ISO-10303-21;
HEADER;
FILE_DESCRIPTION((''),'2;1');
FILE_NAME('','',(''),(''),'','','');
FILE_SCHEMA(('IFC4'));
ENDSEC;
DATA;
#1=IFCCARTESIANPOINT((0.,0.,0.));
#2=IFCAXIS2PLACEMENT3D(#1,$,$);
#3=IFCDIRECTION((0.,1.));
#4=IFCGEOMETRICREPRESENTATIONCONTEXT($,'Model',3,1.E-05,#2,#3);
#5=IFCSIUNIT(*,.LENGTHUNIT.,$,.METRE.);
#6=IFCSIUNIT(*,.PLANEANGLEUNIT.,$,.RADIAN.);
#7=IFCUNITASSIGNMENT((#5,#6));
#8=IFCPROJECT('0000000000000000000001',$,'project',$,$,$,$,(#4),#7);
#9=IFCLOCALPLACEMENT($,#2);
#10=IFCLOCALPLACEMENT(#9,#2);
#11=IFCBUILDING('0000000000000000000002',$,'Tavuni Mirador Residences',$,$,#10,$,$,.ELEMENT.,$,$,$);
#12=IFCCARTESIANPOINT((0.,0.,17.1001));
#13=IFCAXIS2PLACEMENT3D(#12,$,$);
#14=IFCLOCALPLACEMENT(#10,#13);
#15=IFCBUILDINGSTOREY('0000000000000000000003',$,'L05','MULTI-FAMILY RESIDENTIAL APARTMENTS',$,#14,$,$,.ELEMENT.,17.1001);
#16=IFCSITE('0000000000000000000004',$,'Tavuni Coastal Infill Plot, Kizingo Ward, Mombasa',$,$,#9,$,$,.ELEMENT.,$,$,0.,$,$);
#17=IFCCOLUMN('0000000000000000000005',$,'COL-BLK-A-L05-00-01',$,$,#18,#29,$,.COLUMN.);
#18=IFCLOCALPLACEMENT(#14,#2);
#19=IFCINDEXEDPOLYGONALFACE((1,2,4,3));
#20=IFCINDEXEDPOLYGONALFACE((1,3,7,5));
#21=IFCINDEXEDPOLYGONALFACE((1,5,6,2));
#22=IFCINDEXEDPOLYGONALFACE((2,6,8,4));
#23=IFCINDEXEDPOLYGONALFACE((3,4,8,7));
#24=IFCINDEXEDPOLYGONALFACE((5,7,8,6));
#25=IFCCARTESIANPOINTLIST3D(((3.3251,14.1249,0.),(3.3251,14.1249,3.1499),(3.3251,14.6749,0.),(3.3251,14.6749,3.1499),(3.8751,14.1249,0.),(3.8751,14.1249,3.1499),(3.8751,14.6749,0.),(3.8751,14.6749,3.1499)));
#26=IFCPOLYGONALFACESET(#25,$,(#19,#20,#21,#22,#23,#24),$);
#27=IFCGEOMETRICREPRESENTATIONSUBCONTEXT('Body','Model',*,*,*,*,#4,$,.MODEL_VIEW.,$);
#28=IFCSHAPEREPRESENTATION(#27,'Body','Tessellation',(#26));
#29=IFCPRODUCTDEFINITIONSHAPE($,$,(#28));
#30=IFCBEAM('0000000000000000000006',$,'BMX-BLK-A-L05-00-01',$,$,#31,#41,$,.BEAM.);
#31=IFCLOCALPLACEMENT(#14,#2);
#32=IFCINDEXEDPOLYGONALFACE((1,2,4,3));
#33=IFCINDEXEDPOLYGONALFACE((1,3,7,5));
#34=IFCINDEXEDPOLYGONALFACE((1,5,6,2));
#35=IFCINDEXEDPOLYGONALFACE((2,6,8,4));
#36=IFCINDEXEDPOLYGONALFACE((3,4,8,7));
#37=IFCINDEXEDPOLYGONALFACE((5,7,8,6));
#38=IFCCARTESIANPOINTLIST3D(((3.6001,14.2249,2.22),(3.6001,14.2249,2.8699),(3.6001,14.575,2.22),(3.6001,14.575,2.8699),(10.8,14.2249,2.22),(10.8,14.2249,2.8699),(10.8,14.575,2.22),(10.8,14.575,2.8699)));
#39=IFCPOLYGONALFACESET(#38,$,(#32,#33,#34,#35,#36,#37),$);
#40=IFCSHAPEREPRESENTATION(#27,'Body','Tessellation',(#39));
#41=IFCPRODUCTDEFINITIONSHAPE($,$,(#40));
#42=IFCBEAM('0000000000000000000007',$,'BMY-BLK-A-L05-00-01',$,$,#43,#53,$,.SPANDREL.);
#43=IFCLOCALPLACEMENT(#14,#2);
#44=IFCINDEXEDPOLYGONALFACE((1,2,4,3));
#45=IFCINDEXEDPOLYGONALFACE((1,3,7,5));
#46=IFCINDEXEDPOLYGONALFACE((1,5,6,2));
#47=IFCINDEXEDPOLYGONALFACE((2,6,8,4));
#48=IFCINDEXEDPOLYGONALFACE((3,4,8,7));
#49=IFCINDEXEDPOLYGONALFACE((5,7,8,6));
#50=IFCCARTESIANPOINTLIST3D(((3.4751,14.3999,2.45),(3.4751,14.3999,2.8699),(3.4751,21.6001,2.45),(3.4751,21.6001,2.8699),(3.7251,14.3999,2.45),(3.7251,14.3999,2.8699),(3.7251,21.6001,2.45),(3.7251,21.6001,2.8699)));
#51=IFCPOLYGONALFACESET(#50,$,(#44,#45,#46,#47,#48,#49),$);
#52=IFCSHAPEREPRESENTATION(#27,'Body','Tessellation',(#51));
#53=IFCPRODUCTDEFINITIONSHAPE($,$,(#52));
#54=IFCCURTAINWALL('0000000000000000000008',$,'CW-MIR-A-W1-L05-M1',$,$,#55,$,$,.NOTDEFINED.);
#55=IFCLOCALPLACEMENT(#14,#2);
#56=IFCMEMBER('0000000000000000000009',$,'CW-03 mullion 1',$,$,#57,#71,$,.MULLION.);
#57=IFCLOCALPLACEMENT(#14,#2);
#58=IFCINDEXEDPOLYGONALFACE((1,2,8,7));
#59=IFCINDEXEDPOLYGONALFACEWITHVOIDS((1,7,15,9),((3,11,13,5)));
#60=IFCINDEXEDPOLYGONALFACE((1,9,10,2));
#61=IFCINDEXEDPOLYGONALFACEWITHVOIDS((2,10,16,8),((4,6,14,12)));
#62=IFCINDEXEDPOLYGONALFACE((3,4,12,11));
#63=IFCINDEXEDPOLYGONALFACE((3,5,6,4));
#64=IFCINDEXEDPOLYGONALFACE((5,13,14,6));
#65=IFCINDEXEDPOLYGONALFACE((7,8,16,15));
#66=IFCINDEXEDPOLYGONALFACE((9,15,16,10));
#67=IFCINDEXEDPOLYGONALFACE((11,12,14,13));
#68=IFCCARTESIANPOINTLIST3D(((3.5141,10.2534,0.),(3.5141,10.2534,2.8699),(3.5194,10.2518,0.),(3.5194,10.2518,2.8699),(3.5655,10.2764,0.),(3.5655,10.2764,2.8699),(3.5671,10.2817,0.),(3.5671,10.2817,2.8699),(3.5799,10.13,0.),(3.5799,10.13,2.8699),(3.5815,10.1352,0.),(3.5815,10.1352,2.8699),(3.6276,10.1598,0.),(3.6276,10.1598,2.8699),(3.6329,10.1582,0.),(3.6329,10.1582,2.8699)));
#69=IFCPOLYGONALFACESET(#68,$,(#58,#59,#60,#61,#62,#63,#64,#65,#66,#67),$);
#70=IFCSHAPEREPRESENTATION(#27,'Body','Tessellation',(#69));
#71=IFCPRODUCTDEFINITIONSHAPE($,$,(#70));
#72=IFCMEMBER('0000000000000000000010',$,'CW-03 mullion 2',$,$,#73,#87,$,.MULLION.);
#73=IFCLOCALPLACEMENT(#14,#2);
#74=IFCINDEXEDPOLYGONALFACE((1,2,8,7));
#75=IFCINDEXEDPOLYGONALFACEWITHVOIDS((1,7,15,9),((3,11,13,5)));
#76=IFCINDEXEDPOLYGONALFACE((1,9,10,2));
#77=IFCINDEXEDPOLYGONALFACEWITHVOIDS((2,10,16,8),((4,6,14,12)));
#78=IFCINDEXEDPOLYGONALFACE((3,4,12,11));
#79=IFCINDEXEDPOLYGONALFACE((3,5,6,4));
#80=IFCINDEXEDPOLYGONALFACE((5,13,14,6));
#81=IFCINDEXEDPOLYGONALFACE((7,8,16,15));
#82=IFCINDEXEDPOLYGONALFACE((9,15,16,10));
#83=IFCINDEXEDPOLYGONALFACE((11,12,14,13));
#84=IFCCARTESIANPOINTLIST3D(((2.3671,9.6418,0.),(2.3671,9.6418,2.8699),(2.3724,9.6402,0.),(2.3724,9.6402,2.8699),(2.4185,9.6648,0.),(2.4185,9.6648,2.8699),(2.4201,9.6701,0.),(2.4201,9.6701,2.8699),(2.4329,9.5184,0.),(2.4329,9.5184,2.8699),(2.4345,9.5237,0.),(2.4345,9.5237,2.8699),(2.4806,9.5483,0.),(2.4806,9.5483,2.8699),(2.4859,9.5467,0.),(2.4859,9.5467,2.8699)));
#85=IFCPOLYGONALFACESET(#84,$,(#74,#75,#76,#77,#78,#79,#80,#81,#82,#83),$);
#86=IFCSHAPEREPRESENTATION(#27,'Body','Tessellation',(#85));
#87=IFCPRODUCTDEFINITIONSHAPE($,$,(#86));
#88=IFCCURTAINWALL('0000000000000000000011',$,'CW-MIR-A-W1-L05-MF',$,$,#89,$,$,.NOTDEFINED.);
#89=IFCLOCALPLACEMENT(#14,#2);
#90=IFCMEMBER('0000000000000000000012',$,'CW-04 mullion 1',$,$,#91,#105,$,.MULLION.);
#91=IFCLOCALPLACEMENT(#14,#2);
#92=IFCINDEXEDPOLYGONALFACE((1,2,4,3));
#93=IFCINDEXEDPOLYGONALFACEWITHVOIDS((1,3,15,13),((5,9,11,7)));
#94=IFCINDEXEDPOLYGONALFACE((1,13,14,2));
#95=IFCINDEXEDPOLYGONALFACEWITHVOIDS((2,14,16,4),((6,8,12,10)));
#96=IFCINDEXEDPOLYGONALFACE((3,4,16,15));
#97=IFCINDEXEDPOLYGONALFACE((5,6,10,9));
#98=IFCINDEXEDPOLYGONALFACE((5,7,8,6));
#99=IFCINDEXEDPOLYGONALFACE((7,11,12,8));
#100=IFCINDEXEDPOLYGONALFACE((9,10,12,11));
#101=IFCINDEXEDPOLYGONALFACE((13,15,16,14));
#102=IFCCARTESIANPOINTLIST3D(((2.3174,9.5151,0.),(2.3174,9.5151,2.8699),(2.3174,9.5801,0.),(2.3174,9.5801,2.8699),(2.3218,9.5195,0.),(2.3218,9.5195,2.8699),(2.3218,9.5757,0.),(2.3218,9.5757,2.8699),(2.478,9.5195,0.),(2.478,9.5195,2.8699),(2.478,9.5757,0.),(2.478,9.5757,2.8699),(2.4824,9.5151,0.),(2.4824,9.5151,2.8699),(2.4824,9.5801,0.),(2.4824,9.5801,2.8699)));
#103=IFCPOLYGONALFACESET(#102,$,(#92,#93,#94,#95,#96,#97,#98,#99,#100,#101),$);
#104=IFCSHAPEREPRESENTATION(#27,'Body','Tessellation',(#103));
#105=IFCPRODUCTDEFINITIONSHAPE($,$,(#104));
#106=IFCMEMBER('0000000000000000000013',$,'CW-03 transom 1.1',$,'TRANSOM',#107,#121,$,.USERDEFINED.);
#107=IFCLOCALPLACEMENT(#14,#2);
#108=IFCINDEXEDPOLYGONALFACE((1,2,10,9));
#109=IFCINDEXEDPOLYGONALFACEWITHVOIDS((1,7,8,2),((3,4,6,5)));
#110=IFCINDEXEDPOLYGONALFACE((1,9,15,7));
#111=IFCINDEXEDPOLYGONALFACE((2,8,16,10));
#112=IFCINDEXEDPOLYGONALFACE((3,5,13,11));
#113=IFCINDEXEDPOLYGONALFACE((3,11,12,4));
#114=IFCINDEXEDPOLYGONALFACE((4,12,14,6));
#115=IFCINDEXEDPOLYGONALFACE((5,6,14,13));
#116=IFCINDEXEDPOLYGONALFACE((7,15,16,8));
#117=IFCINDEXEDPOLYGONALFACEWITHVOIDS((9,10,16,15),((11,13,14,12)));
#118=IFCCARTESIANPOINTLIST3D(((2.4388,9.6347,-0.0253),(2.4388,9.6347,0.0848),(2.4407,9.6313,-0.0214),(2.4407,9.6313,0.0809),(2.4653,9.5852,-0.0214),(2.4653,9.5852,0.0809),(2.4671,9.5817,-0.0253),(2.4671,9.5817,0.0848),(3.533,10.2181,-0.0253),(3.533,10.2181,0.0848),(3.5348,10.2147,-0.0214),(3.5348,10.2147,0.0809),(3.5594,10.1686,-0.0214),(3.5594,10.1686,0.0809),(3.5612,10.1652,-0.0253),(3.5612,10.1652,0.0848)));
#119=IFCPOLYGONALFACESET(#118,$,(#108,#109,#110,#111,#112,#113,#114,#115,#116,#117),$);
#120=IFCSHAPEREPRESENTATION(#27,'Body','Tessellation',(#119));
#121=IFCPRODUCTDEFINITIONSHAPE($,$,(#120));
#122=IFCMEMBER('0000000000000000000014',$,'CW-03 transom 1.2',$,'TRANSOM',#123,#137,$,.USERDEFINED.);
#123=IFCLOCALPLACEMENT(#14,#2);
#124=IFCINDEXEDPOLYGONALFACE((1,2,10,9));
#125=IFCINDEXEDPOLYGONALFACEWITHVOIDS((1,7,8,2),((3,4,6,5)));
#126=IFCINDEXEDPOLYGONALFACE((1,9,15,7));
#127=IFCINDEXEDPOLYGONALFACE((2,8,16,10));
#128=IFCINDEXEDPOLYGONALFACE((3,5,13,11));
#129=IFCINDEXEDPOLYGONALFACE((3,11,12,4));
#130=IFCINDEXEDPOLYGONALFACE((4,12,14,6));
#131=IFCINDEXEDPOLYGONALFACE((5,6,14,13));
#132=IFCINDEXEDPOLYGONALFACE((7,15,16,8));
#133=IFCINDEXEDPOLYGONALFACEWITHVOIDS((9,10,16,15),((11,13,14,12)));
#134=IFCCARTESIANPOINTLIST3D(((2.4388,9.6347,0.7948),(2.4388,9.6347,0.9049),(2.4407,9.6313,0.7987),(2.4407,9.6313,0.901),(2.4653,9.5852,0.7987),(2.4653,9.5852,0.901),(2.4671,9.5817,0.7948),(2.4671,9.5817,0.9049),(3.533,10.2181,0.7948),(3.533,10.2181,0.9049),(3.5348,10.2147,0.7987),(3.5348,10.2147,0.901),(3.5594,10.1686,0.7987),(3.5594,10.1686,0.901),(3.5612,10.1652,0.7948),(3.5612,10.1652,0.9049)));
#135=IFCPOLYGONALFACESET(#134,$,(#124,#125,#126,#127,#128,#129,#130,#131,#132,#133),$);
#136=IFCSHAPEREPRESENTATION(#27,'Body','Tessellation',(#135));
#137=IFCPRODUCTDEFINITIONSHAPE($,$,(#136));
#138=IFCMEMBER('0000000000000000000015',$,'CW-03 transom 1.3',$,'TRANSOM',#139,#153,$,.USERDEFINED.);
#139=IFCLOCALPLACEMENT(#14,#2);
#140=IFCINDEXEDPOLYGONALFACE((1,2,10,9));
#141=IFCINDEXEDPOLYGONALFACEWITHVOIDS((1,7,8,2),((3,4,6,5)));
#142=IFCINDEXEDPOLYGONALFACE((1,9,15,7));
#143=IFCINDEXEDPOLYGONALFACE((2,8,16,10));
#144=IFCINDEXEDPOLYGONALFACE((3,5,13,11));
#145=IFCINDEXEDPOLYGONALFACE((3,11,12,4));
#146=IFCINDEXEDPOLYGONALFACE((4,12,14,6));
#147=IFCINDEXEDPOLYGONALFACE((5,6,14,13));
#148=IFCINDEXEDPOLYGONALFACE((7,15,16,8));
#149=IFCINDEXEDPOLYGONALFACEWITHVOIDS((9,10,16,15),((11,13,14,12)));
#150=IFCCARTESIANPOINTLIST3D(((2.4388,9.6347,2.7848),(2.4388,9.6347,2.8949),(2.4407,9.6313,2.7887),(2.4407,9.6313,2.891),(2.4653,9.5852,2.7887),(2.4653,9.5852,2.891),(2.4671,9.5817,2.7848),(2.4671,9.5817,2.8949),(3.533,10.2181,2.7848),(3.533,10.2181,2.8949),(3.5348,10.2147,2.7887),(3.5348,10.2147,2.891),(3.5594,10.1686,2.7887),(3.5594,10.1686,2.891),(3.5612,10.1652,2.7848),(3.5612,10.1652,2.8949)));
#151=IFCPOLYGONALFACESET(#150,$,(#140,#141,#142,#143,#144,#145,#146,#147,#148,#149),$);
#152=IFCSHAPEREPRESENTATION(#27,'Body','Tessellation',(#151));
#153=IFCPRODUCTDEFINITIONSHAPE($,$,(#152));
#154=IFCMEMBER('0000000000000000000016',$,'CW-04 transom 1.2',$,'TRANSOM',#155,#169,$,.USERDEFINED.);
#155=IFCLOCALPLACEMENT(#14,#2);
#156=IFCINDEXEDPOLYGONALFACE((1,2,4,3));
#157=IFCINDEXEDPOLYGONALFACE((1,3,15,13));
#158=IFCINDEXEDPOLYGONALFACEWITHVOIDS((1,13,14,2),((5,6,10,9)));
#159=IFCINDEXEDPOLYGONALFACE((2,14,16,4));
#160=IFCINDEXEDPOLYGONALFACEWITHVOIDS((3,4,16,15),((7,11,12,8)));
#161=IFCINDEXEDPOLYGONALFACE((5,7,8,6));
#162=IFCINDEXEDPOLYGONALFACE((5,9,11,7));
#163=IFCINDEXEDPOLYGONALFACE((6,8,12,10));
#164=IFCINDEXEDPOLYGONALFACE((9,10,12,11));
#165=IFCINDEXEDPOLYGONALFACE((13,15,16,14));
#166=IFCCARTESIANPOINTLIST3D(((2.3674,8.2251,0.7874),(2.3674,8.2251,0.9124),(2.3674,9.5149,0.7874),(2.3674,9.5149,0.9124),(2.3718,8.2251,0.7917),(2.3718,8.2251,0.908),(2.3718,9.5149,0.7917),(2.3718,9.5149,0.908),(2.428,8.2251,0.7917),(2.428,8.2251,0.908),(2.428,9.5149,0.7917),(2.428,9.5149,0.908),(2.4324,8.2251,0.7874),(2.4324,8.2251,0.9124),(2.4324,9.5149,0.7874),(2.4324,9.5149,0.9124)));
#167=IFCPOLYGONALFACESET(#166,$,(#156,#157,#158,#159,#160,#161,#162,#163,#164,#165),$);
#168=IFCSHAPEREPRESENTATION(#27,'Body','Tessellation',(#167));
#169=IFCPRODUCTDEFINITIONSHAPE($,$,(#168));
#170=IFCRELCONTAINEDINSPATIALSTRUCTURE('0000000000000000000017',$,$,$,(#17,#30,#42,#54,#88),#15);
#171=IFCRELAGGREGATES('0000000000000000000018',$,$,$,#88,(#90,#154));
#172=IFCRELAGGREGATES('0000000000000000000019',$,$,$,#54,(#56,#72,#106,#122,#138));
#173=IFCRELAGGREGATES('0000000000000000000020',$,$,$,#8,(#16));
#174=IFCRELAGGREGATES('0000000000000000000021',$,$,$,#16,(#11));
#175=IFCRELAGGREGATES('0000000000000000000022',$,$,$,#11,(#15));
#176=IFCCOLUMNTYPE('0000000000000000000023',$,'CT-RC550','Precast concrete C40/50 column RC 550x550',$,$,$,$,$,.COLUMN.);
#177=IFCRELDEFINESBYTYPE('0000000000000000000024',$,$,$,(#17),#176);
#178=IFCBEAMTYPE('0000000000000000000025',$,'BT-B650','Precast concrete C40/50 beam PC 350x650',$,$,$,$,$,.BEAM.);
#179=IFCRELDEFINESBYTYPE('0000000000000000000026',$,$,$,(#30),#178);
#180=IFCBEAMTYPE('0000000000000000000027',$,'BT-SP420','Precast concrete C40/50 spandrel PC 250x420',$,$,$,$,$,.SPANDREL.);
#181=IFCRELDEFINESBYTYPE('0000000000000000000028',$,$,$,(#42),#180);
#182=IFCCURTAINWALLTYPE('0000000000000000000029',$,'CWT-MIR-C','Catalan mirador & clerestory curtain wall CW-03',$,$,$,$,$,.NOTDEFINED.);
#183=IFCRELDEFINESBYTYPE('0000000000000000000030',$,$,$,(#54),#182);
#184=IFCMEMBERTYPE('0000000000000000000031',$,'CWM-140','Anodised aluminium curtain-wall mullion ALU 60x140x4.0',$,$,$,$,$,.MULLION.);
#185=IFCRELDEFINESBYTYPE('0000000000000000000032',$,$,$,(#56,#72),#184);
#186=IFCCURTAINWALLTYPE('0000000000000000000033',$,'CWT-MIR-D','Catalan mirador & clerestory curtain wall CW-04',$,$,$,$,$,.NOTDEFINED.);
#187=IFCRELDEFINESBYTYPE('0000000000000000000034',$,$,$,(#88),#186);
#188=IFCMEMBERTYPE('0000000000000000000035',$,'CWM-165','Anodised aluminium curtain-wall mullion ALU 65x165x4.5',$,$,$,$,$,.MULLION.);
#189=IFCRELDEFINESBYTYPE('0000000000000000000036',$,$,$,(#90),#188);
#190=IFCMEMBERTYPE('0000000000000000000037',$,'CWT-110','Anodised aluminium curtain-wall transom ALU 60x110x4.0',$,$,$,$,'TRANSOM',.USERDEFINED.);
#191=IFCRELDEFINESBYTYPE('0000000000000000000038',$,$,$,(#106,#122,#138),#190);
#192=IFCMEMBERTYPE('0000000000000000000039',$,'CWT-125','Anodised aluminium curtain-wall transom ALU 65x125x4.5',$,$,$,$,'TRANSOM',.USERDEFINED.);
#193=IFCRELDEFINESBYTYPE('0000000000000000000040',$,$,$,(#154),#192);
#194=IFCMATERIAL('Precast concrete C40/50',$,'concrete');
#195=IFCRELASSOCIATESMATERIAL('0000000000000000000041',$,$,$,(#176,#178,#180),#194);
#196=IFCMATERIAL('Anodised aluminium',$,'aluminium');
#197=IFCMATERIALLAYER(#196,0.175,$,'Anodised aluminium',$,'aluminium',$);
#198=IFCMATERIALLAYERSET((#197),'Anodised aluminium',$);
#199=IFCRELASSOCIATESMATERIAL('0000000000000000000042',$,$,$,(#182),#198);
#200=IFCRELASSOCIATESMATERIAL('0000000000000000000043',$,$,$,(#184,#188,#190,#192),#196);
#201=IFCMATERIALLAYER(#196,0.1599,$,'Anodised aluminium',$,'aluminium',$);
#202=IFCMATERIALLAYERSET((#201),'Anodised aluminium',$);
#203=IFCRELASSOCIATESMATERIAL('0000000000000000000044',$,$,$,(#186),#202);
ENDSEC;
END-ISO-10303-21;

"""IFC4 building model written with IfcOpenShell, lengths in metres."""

from ifc_helpers import new_model, si_unit, direction, frame, origin, origin_2d, place, context, subcontext, project, spatial, rectangle, hollow_rectangle, extrude, material, layer, layer_set, material_profile, profile_set, type_object, element, aggregate, save


model = new_model("IFC4")

# Units and contexts
model_context = context("Model", 3, precision=1e-05, world=origin(), true_north=direction((0.0, 1.0)))
body_context = subcontext(model_context, "Body", "Model", "MODEL_VIEW")
ifc_project = project(units=[si_unit("LENGTHUNIT", "METRE"), si_unit("PLANEANGLEUNIT", "RADIAN")], contexts=[model_context])

# Site, building, storey
site_placement = place(None, origin())
site = spatial("IfcSite", under=ifc_project, at=site_placement, Name="Tavuni Coastal Infill Plot, Kizingo Ward, Mombasa", CompositionType="ELEMENT", RefElevation=0.0)
building_placement = place(site_placement, origin())
building = spatial("IfcBuilding", under=site, at=building_placement, Name="Tavuni Mirador Residences", CompositionType="ELEMENT")
storey_placement = place(building_placement, frame((0.0, 0.0, 17.1001)))
storey = spatial("IfcBuildingStorey", under=building, at=storey_placement, Name="L05", Description="MULTI-FAMILY RESIDENTIAL APARTMENTS", CompositionType="ELEMENT", Elevation=17.1001)

# Column
ifc_material_1 = material(Name="Precast concrete C40/50", Category="concrete")
ifc_material_profile_1 = material_profile(ifc_material_1, rectangle(XDim=0.55, YDim=0.55, at=origin_2d()), Name="RC 550x550", Category="concrete")
ifc_profile_set_1 = profile_set([ifc_material_profile_1], Name="Precast concrete C40/50")
column_type = type_object("IfcColumnType", Name="CT-RC550", Description="Precast concrete C40/50 column RC 550x550", PredefinedType="COLUMN", material=ifc_profile_set_1)
column_placement = place(storey_placement, frame((3.6001, 14.3999, 0.0), z_axis=(0.0, 0.0, 1.0), x_axis=(1.0, 0.0, 0.0)))
element("IfcColumn", 1, at=column_placement, inside=storey, type_object=column_type, Name="COL-BLK-A-L05-00-01", PredefinedType="COLUMN", context=body_context, shape_type="SweptSolid", body=[
    extrude(rectangle(XDim=0.55, YDim=0.55, at=origin_2d()), origin(), (0.0, 0.0, 1.0), 3.1499),
])

# Beams
ifc_material_profile_2 = material_profile(ifc_material_1, rectangle(XDim=0.3501, YDim=0.6499, at=origin_2d()), Name="PC 350x650", Category="concrete")
ifc_profile_set_2 = profile_set([ifc_material_profile_2], Name="Precast concrete C40/50")
beam_type_1 = type_object("IfcBeamType", Name="BT-B650", Description="Precast concrete C40/50 beam PC 350x650", PredefinedType="BEAM", material=ifc_profile_set_2)
beam_1_placement = place(storey_placement, frame((3.6001, 14.3999, 2.5449), z_axis=(1.0, 0.0, 0.0), x_axis=(0.0, 1.0, 0.0)))
element("IfcBeam", 2, at=beam_1_placement, inside=storey, type_object=beam_type_1, Name="BMX-BLK-A-L05-00-01", PredefinedType="BEAM", context=body_context, shape_type="SweptSolid", body=[
    extrude(rectangle(XDim=0.3501, YDim=0.6499, at=origin_2d()), origin(), (0.0, 0.0, 1.0), 7.2),
])
ifc_material_profile_3 = material_profile(ifc_material_1, rectangle(XDim=0.25, YDim=0.4199, at=origin_2d()), Name="PC 250x420", Category="concrete")
ifc_profile_set_3 = profile_set([ifc_material_profile_3], Name="Precast concrete C40/50")
beam_type_2 = type_object("IfcBeamType", Name="BT-SP420", Description="Precast concrete C40/50 spandrel PC 250x420", PredefinedType="SPANDREL", material=ifc_profile_set_3)
beam_2_placement = place(storey_placement, frame((3.6001, 14.3999, 2.6599), z_axis=(0.0, 1.0, 0.0), x_axis=(-1.0, 0.0, 0.0)))
element("IfcBeam", 3, at=beam_2_placement, inside=storey, type_object=beam_type_2, Name="BMY-BLK-A-L05-00-01", PredefinedType="SPANDREL", context=body_context, shape_type="SweptSolid", body=[
    extrude(rectangle(XDim=0.25, YDim=0.4199, at=origin_2d()), origin(), (0.0, 0.0, 1.0), 7.2002),
])

# Curtain wall, members
ifc_material_2 = material(Name="Anodised aluminium", Category="aluminium")
ifc_layer_1 = layer(ifc_material_2, 0.175, Name="Anodised aluminium", Category="aluminium")
ifc_layer_set_1 = layer_set([ifc_layer_1], Name="Anodised aluminium")
curtain_wall_type_1 = type_object("IfcCurtainWallType", Name="CWT-MIR-C", Description="Catalan mirador & clerestory curtain wall CW-03", PredefinedType="NOTDEFINED", material=ifc_layer_set_1)
curtain_wall_1_placement = place(storey_placement, origin())
curtain_wall_1 = element("IfcCurtainWall", 4, at=curtain_wall_1_placement, inside=storey, type_object=curtain_wall_type_1, Name="CW-MIR-A-W1-L05-M1", PredefinedType="NOTDEFINED")
ifc_material_profile_4 = material_profile(ifc_material_2, hollow_rectangle(XDim=0.0601, YDim=0.1399, WallThickness=0.0039, at=origin_2d()), Name="ALU 60x140x4.0", Category="aluminium")
ifc_profile_set_4 = profile_set([ifc_material_profile_4], Name="Anodised aluminium")
member_type_1 = type_object("IfcMemberType", Name="CWM-140", Description="Anodised aluminium curtain-wall mullion ALU 60x140x4.0", PredefinedType="MULLION", material=ifc_profile_set_4)
member_1_placement = place(storey_placement, frame((3.5735, 10.2058, 0.0), z_axis=(0.0, 0.0, 1.0), x_axis=(-0.882353, -0.470588, 0.0)))
member_1 = element("IfcMember", 5, at=member_1_placement, type_object=member_type_1, Name="CW-03 mullion 1", PredefinedType="MULLION", context=body_context, shape_type="SweptSolid", body=[
    extrude(hollow_rectangle(XDim=0.0601, YDim=0.1399, WallThickness=0.0039, at=origin_2d()), origin(), (0.0, 0.0, 1.0), 2.8699),
])
member_2_placement = place(storey_placement, frame((2.4265, 9.5942, 0.0), z_axis=(0.0, 0.0, 1.0), x_axis=(-0.882353, -0.470588, 0.0)))
member_2 = element("IfcMember", 6, at=member_2_placement, type_object=member_type_1, Name="CW-03 mullion 2", PredefinedType="MULLION", context=body_context, shape_type="SweptSolid", body=[
    extrude(hollow_rectangle(XDim=0.0601, YDim=0.1399, WallThickness=0.0039, at=origin_2d()), origin(), (0.0, 0.0, 1.0), 2.8699),
])

# Curtain wall, member
ifc_layer_2 = layer(ifc_material_2, 0.1599, Name="Anodised aluminium", Category="aluminium")
ifc_layer_set_2 = layer_set([ifc_layer_2], Name="Anodised aluminium")
curtain_wall_type_2 = type_object("IfcCurtainWallType", Name="CWT-MIR-D", Description="Catalan mirador & clerestory curtain wall CW-04", PredefinedType="NOTDEFINED", material=ifc_layer_set_2)
curtain_wall_2_placement = place(storey_placement, origin())
curtain_wall_2 = element("IfcCurtainWall", 7, at=curtain_wall_2_placement, inside=storey, type_object=curtain_wall_type_2, Name="CW-MIR-A-W1-L05-MF", PredefinedType="NOTDEFINED")
ifc_material_profile_5 = material_profile(ifc_material_2, hollow_rectangle(XDim=0.0649, YDim=0.165, WallThickness=0.0044, at=origin_2d()), Name="ALU 65x165x4.5", Category="aluminium")
ifc_profile_set_5 = profile_set([ifc_material_profile_5], Name="Anodised aluminium")
member_type_2 = type_object("IfcMemberType", Name="CWM-165", Description="Anodised aluminium curtain-wall mullion ALU 65x165x4.5", PredefinedType="MULLION", material=ifc_profile_set_5)
member_3_placement = place(storey_placement, frame((2.3999, 9.5476, 0.0), z_axis=(0.0, 0.0, 1.0), x_axis=(0.0, -1.0, 0.0)))
member_3 = element("IfcMember", 8, at=member_3_placement, type_object=member_type_2, Name="CW-04 mullion 1", PredefinedType="MULLION", context=body_context, shape_type="SweptSolid", body=[
    extrude(hollow_rectangle(XDim=0.0649, YDim=0.165, WallThickness=0.0044, at=origin_2d()), origin(), (0.0, 0.0, 1.0), 2.8699),
])

# Members
ifc_material_profile_6 = material_profile(ifc_material_2, hollow_rectangle(XDim=0.0601, YDim=0.1101, WallThickness=0.0039, at=origin_2d()), Name="ALU 60x110x4.0", Category="aluminium")
ifc_profile_set_6 = profile_set([ifc_material_profile_6], Name="Anodised aluminium")
member_type_3 = type_object("IfcMemberType", Name="CWT-110", Description="Anodised aluminium curtain-wall transom ALU 60x110x4.0", ElementType="TRANSOM", PredefinedType="USERDEFINED", material=ifc_profile_set_6)
member_4_placement = place(storey_placement, frame((3.5471, 10.1917, 0.0298), z_axis=(-0.882386, -0.470527, 0.0), x_axis=(0.470527, -0.882386, 0.0)))
member_4 = element("IfcMember", 9, at=member_4_placement, type_object=member_type_3, Name="CW-03 transom 1.1", ObjectType="TRANSOM", PredefinedType="USERDEFINED", context=body_context, shape_type="SweptSolid", body=[
    extrude(hollow_rectangle(XDim=0.0601, YDim=0.1101, WallThickness=0.0039, at=origin_2d()), origin(), (0.0, 0.0, 1.0), 1.24),
])
member_5_placement = place(storey_placement, frame((3.5471, 10.1917, 0.8499), z_axis=(-0.882386, -0.470527, 0.0), x_axis=(0.470527, -0.882386, 0.0)))
member_5 = element("IfcMember", 10, at=member_5_placement, type_object=member_type_3, Name="CW-03 transom 1.2", ObjectType="TRANSOM", PredefinedType="USERDEFINED", context=body_context, shape_type="SweptSolid", body=[
    extrude(hollow_rectangle(XDim=0.0601, YDim=0.1101, WallThickness=0.0039, at=origin_2d()), origin(), (0.0, 0.0, 1.0), 1.24),
])
member_6_placement = place(storey_placement, frame((3.5471, 10.1917, 2.8398), z_axis=(-0.882386, -0.470527, 0.0), x_axis=(0.470527, -0.882386, 0.0)))
member_6 = element("IfcMember", 11, at=member_6_placement, type_object=member_type_3, Name="CW-03 transom 1.3", ObjectType="TRANSOM", PredefinedType="USERDEFINED", context=body_context, shape_type="SweptSolid", body=[
    extrude(hollow_rectangle(XDim=0.0601, YDim=0.1101, WallThickness=0.0039, at=origin_2d()), origin(), (0.0, 0.0, 1.0), 1.24),
])
ifc_material_profile_7 = material_profile(ifc_material_2, hollow_rectangle(XDim=0.0649, YDim=0.125, WallThickness=0.0044, at=origin_2d()), Name="ALU 65x125x4.5", Category="aluminium")
ifc_profile_set_7 = profile_set([ifc_material_profile_7], Name="Anodised aluminium")
member_type_4 = type_object("IfcMemberType", Name="CWT-125", Description="Anodised aluminium curtain-wall transom ALU 65x125x4.5", ElementType="TRANSOM", PredefinedType="USERDEFINED", material=ifc_profile_set_7)
member_7_placement = place(storey_placement, frame((2.3999, 9.5149, 0.8499), z_axis=(0.0, -1.0, 0.0), x_axis=(1.0, 0.0, 0.0)))
member_7 = element("IfcMember", 12, at=member_7_placement, type_object=member_type_4, Name="CW-04 transom 1.2", ObjectType="TRANSOM", PredefinedType="USERDEFINED", context=body_context, shape_type="SweptSolid", body=[
    extrude(hollow_rectangle(XDim=0.0649, YDim=0.125, WallThickness=0.0044, at=origin_2d()), origin(), (0.0, 0.0, 1.0), 1.2898),
])
aggregate(curtain_wall_2, [member_3, member_7])

aggregate(curtain_wall_1, [member_1, member_2, member_4, member_5, member_6])

save(model, "model.ifc")
